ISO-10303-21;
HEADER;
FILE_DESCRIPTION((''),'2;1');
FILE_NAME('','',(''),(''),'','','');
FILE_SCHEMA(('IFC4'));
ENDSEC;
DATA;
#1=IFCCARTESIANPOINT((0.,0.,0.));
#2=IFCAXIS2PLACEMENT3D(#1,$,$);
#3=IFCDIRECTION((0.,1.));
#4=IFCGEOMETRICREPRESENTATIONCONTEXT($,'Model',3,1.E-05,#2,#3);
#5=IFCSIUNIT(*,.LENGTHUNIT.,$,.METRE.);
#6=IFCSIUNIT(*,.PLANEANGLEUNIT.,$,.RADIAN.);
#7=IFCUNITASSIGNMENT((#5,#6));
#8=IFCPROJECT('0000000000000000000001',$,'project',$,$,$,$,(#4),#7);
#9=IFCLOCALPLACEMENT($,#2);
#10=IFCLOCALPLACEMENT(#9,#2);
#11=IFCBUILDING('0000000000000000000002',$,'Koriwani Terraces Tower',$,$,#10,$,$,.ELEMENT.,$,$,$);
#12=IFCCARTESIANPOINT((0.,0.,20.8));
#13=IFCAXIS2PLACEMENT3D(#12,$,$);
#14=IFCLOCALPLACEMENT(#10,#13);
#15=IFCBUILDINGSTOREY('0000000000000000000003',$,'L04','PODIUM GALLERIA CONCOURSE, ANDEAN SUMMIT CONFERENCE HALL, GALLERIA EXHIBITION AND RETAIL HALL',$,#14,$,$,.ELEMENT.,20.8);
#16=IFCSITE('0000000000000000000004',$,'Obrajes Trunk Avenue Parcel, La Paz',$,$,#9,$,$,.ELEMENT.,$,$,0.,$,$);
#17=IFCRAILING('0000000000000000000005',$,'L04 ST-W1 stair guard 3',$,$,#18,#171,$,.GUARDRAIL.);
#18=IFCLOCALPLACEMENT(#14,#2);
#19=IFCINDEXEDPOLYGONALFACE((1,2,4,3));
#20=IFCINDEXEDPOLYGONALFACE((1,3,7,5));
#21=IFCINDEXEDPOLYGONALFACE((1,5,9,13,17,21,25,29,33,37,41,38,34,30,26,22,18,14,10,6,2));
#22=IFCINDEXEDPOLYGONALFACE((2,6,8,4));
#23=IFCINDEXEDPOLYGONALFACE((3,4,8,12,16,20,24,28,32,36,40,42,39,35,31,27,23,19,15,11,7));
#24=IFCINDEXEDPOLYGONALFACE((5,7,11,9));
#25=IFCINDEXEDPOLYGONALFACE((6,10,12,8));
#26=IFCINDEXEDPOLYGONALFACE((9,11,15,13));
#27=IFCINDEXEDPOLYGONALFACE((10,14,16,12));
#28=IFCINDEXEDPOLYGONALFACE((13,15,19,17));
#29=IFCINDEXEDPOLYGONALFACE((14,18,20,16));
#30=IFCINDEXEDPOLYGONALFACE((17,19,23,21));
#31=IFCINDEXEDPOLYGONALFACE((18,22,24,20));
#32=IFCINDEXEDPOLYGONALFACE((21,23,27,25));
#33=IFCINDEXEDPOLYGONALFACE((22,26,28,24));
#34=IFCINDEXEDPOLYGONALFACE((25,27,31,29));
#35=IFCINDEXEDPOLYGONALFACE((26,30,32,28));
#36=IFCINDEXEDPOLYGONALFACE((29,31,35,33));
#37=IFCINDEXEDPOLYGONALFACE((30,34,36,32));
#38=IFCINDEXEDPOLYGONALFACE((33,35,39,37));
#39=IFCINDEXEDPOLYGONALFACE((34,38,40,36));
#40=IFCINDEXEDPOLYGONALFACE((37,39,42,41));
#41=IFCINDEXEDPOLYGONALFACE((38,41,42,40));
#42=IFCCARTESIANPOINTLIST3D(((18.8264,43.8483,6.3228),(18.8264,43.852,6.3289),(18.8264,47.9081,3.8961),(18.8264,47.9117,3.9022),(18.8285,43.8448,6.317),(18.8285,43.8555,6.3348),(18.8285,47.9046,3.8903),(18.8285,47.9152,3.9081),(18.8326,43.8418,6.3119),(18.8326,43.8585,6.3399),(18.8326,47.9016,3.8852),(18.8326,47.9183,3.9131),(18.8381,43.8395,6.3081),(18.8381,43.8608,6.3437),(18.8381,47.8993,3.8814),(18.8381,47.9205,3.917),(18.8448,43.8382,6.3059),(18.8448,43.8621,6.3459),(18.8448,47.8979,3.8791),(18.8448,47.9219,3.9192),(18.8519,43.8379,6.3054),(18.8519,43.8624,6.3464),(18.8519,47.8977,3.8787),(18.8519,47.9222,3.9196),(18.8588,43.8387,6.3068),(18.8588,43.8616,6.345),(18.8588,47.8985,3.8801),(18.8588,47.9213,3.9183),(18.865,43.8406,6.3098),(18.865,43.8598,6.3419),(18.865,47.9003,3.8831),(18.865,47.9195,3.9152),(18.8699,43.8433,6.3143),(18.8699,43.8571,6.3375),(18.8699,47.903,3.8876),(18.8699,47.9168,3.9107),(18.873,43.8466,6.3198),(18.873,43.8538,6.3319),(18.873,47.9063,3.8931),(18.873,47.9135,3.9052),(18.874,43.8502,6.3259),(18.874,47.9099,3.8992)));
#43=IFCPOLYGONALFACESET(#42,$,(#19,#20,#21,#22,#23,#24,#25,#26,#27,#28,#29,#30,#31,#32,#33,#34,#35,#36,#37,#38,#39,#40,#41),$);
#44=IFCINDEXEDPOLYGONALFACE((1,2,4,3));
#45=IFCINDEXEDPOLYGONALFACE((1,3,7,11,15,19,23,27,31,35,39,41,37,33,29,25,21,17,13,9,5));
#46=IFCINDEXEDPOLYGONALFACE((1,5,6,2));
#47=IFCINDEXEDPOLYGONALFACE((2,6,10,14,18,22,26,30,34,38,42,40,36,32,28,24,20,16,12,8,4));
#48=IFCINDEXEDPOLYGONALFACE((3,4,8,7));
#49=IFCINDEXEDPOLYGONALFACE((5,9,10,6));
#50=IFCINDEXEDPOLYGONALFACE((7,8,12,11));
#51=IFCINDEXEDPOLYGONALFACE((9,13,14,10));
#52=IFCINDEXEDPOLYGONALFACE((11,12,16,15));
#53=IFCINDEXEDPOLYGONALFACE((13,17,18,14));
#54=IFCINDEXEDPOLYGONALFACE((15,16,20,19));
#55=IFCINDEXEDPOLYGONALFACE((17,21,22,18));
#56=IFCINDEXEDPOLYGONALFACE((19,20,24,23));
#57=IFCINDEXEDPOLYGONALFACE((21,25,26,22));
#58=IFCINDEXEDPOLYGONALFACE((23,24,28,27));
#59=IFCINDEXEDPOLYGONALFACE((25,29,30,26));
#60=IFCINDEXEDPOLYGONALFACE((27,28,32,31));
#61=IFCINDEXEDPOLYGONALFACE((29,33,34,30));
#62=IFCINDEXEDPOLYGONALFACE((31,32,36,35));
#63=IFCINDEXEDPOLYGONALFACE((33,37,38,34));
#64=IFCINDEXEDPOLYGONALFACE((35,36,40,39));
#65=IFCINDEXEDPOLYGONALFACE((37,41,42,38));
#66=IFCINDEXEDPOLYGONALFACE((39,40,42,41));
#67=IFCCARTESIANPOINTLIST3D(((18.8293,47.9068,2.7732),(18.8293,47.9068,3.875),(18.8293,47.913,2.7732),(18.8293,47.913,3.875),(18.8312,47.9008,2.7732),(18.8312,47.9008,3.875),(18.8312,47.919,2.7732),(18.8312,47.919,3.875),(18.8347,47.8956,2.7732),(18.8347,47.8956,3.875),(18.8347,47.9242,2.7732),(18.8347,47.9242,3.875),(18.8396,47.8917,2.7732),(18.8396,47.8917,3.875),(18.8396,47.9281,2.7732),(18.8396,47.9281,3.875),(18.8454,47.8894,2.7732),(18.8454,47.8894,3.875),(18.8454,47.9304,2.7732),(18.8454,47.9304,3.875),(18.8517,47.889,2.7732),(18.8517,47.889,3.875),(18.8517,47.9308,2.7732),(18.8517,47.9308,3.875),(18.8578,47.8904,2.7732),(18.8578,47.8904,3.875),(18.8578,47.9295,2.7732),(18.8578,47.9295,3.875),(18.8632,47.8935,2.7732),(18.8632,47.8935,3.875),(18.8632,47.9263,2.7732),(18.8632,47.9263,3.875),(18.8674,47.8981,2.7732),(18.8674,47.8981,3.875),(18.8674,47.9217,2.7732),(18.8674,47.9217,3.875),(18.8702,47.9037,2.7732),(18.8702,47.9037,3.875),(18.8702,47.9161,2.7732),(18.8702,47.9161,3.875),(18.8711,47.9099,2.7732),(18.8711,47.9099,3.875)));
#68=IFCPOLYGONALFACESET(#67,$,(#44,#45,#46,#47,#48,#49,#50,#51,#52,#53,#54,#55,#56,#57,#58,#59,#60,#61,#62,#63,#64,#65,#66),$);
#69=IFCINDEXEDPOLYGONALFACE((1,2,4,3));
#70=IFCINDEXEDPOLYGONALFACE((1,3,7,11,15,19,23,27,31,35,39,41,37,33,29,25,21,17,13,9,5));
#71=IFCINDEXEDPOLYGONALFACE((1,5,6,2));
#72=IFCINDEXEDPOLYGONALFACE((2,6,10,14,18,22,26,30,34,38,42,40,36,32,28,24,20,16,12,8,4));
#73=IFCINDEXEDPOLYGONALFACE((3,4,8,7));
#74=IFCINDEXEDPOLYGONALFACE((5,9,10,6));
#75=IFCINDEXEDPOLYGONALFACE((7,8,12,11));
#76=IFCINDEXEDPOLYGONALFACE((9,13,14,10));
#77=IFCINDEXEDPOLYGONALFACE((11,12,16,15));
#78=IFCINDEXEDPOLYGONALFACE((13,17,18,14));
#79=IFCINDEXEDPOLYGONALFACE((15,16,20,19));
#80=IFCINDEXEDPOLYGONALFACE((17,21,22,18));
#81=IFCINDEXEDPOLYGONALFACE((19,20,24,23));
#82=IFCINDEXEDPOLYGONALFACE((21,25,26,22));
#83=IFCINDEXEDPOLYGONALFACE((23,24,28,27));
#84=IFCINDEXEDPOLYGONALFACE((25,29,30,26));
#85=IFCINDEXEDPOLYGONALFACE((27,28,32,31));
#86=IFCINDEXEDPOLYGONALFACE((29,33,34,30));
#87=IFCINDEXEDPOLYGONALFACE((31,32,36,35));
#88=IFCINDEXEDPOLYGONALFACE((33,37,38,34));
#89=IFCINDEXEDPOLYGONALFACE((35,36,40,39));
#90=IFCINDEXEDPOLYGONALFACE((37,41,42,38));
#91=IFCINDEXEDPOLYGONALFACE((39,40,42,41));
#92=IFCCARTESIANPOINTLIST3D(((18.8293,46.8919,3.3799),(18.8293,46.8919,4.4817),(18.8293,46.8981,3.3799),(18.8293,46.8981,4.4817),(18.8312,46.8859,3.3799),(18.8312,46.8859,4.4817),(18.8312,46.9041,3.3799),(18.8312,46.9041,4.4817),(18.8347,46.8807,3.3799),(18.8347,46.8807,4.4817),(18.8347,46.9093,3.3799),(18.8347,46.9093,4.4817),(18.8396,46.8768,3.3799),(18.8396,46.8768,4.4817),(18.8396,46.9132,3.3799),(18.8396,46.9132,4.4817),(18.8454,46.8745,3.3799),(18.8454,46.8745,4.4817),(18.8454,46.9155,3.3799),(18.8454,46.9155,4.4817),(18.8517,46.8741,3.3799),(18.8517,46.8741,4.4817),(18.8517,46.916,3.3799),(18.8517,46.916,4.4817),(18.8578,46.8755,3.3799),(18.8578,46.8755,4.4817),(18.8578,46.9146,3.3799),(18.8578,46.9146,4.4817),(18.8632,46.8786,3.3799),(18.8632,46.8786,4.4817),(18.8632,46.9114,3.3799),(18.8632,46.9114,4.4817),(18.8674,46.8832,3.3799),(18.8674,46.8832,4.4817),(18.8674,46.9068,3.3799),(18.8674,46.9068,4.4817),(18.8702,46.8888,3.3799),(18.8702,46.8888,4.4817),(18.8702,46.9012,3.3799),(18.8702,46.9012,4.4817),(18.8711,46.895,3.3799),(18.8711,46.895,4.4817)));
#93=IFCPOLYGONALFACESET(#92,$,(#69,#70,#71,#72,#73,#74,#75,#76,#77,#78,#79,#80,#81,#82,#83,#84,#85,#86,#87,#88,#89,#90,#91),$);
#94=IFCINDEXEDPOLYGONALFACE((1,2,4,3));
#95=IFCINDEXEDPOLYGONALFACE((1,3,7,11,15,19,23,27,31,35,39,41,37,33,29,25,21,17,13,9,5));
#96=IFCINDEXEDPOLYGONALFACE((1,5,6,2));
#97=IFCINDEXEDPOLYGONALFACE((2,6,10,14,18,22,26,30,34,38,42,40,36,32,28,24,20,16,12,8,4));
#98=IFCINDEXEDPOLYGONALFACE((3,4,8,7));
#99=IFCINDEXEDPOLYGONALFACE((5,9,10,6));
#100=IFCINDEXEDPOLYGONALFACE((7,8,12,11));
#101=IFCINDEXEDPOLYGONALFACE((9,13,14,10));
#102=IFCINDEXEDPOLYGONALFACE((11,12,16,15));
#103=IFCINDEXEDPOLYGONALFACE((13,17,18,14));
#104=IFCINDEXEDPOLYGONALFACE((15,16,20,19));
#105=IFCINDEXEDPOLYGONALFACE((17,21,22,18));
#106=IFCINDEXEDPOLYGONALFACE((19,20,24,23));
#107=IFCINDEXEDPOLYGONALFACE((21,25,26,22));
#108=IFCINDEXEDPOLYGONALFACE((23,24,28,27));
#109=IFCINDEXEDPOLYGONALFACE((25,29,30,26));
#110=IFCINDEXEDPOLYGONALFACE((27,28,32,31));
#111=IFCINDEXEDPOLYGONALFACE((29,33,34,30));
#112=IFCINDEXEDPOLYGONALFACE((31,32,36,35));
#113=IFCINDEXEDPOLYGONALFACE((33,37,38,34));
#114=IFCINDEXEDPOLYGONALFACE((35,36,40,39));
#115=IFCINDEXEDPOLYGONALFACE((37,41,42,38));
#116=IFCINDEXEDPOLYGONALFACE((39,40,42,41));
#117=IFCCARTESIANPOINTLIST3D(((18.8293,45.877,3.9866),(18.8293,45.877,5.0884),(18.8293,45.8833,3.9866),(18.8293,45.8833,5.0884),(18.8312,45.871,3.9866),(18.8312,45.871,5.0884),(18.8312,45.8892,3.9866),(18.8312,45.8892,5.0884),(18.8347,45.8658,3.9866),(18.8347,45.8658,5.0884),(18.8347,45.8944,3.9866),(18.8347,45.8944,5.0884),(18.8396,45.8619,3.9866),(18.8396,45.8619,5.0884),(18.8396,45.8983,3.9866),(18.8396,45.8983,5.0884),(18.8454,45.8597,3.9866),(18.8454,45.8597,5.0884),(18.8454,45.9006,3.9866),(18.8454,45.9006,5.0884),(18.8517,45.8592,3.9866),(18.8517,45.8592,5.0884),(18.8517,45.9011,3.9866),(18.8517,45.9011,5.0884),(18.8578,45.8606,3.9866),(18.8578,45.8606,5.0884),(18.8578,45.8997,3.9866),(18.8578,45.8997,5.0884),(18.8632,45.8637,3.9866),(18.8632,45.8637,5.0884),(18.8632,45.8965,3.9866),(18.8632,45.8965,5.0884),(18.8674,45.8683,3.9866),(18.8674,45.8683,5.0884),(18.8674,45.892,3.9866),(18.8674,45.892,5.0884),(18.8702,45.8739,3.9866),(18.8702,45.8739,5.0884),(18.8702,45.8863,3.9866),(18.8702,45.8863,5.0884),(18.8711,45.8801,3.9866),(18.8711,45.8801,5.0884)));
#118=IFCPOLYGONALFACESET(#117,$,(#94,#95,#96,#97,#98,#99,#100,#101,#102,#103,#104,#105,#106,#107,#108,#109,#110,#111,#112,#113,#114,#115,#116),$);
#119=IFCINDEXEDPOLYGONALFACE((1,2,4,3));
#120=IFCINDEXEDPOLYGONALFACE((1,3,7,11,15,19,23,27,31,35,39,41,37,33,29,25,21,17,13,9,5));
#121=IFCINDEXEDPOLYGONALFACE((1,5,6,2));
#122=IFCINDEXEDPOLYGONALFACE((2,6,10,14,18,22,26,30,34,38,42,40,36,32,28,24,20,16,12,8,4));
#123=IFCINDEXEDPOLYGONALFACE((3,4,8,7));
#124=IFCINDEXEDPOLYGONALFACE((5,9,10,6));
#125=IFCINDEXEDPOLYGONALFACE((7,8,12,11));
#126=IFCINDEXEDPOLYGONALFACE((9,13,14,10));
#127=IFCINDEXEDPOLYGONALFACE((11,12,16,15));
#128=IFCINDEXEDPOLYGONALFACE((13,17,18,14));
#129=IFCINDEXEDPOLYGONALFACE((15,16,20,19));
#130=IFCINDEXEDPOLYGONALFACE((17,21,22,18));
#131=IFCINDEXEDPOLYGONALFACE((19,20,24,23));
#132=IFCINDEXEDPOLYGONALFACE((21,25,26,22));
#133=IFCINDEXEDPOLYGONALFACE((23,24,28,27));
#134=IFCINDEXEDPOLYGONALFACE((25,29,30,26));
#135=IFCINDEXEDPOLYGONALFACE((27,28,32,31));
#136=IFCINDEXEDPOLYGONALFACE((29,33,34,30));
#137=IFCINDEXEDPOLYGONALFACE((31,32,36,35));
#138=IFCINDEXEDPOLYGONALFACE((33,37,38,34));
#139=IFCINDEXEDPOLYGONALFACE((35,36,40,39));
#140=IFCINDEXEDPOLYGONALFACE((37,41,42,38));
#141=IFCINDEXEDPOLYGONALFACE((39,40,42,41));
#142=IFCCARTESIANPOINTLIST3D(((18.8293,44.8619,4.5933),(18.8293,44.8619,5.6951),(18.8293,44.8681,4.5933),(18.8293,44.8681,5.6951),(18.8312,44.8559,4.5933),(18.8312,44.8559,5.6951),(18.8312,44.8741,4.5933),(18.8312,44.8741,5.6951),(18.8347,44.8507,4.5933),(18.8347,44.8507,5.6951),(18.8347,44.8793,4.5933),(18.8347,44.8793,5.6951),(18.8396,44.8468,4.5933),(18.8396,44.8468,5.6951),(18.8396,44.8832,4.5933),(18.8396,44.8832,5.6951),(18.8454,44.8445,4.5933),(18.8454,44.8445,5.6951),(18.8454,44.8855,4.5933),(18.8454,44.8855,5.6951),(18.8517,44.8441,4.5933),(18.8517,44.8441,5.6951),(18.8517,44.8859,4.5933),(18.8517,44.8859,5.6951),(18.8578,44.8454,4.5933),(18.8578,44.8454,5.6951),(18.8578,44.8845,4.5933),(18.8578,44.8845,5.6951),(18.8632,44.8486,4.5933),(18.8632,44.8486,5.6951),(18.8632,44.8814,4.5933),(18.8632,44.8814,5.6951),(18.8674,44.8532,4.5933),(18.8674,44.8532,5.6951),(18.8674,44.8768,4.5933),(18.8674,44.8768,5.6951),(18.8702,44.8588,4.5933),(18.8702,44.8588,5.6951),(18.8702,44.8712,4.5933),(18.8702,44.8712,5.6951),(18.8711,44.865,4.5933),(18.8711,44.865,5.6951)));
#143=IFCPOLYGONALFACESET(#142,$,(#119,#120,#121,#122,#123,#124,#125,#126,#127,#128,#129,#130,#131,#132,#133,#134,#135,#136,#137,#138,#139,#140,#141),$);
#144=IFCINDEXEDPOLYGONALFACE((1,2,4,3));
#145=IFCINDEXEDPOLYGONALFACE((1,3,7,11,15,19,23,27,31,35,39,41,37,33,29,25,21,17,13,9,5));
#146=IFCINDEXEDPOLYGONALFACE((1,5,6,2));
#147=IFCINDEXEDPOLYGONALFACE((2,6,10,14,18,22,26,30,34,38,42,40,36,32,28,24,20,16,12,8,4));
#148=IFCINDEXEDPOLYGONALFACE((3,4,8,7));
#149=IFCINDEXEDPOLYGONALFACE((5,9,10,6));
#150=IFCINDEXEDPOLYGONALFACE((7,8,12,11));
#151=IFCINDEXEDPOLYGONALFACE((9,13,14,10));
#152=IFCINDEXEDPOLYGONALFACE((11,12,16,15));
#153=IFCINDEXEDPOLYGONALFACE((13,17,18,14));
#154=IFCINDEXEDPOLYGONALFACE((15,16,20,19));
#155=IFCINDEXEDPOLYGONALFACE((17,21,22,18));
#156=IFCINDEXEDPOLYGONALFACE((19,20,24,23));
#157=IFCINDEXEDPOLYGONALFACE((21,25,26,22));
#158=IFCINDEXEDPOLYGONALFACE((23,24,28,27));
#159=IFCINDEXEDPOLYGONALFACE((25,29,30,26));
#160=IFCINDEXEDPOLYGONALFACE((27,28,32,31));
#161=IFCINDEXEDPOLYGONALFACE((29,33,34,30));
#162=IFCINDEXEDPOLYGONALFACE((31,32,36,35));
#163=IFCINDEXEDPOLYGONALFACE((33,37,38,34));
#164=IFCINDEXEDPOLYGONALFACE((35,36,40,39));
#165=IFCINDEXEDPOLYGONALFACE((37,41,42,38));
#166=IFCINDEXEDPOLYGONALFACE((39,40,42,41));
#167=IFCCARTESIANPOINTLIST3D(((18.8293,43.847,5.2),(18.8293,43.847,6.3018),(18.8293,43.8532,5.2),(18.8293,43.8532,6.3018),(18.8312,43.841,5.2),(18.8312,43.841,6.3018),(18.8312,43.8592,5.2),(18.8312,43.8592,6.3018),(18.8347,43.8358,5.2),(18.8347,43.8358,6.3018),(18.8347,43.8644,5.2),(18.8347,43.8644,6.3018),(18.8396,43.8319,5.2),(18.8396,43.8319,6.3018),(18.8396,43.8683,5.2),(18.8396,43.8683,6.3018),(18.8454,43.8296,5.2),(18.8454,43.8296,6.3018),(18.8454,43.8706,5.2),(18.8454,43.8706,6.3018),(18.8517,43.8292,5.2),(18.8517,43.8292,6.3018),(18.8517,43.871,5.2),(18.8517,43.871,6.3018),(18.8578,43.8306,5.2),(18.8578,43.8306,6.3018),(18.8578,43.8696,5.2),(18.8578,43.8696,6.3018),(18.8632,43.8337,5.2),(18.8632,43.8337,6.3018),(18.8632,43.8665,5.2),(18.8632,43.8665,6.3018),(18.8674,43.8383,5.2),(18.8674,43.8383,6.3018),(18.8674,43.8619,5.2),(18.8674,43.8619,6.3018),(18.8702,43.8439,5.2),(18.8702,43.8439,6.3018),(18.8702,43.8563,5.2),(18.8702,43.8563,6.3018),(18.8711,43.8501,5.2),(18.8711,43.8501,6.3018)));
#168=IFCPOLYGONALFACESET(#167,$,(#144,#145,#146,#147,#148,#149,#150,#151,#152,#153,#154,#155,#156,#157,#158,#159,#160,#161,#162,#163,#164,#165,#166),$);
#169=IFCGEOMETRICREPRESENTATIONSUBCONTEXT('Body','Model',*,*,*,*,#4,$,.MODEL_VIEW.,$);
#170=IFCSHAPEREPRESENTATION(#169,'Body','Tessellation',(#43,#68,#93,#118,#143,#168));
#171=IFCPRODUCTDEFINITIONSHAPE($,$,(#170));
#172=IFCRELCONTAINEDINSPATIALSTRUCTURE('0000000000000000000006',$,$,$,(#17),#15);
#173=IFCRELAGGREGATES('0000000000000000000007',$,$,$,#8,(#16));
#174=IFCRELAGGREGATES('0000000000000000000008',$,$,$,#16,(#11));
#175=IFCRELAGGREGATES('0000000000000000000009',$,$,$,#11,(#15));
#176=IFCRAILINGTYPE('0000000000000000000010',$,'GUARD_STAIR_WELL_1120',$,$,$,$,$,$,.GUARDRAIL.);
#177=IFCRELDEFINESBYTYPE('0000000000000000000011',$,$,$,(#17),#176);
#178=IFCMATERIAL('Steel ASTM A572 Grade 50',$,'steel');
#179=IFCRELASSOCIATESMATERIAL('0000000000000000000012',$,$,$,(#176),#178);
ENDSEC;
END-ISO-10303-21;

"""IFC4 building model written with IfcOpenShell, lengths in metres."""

from ifc_helpers import new_model, si_unit, direction, frame, origin, origin_2d, place, context, subcontext, project, spatial, circle, extrude, material, type_object, element, save


model = new_model("IFC4")

# Units and contexts
model_context = context("Model", 3, precision=1e-05, world=origin(), true_north=direction((0.0, 1.0)))
body_context = subcontext(model_context, "Body", "Model", "MODEL_VIEW")
ifc_project = project(units=[si_unit("LENGTHUNIT", "METRE"), si_unit("PLANEANGLEUNIT", "RADIAN")], contexts=[model_context])

# Site, building, storey
site_placement = place(None, origin())
site = spatial("IfcSite", under=ifc_project, at=site_placement, Name="Obrajes Trunk Avenue Parcel, La Paz", CompositionType="ELEMENT", RefElevation=0.0)
building_placement = place(site_placement, origin())
building = spatial("IfcBuilding", under=site, at=building_placement, Name="Koriwani Terraces Tower", CompositionType="ELEMENT")
storey_placement = place(building_placement, frame((0.0, 0.0, 20.8)))
storey = spatial("IfcBuildingStorey", under=building, at=storey_placement, Name="L04", Description="PODIUM GALLERIA CONCOURSE, ANDEAN SUMMIT CONFERENCE HALL, GALLERIA EXHIBITION AND RETAIL HALL", CompositionType="ELEMENT", Elevation=20.8)

# Shared definitions
ifc_material_1 = material(Name="Steel ASTM A572 Grade 50", Category="steel")

# Railing
railing_type_1 = type_object("IfcRailingType", Name="GUARD_STAIR_WELL_1120", PredefinedType="GUARDRAIL", material=ifc_material_1)
railing_1_placement = place(storey_placement, frame((18.8501, 47.9099, 2.7732)))
element("IfcRailing", 1, at=railing_1_placement, inside=storey, type_object=railing_type_1, Name="L04 ST-W1 stair guard 3", PredefinedType="GUARDRAIL", context=body_context, shape_type="SweptSolid", body=[
    extrude(circle(Radius=0.0239, at=origin_2d()), frame((0.0, 0.0, 1.126), z_axis=(0.0, -0.858343, 0.513076), x_axis=(1.0, 0.0, 0.0)), (0.0, 0.0, 1.0), 4.7297),
    extrude(circle(Radius=0.021, at=origin_2d()), origin(), (0.0, 0.0, 1.0), 1.1018),
    extrude(circle(Radius=0.021, at=origin_2d()), frame((0.0, -1.0149, 0.6067)), (0.0, 0.0, 1.0), 1.1018),
    extrude(circle(Radius=0.021, at=origin_2d()), frame((0.0, -2.0298, 1.2134)), (0.0, 0.0, 1.0), 1.1018),
    extrude(circle(Radius=0.021, at=origin_2d()), frame((0.0, -3.0449, 1.8201)), (0.0, 0.0, 1.0), 1.1018),
    extrude(circle(Radius=0.021, at=origin_2d()), frame((0.0, -4.0598, 2.4268)), (0.0, 0.0, 1.0), 1.1018),
])

save(model, "model.ifc")
